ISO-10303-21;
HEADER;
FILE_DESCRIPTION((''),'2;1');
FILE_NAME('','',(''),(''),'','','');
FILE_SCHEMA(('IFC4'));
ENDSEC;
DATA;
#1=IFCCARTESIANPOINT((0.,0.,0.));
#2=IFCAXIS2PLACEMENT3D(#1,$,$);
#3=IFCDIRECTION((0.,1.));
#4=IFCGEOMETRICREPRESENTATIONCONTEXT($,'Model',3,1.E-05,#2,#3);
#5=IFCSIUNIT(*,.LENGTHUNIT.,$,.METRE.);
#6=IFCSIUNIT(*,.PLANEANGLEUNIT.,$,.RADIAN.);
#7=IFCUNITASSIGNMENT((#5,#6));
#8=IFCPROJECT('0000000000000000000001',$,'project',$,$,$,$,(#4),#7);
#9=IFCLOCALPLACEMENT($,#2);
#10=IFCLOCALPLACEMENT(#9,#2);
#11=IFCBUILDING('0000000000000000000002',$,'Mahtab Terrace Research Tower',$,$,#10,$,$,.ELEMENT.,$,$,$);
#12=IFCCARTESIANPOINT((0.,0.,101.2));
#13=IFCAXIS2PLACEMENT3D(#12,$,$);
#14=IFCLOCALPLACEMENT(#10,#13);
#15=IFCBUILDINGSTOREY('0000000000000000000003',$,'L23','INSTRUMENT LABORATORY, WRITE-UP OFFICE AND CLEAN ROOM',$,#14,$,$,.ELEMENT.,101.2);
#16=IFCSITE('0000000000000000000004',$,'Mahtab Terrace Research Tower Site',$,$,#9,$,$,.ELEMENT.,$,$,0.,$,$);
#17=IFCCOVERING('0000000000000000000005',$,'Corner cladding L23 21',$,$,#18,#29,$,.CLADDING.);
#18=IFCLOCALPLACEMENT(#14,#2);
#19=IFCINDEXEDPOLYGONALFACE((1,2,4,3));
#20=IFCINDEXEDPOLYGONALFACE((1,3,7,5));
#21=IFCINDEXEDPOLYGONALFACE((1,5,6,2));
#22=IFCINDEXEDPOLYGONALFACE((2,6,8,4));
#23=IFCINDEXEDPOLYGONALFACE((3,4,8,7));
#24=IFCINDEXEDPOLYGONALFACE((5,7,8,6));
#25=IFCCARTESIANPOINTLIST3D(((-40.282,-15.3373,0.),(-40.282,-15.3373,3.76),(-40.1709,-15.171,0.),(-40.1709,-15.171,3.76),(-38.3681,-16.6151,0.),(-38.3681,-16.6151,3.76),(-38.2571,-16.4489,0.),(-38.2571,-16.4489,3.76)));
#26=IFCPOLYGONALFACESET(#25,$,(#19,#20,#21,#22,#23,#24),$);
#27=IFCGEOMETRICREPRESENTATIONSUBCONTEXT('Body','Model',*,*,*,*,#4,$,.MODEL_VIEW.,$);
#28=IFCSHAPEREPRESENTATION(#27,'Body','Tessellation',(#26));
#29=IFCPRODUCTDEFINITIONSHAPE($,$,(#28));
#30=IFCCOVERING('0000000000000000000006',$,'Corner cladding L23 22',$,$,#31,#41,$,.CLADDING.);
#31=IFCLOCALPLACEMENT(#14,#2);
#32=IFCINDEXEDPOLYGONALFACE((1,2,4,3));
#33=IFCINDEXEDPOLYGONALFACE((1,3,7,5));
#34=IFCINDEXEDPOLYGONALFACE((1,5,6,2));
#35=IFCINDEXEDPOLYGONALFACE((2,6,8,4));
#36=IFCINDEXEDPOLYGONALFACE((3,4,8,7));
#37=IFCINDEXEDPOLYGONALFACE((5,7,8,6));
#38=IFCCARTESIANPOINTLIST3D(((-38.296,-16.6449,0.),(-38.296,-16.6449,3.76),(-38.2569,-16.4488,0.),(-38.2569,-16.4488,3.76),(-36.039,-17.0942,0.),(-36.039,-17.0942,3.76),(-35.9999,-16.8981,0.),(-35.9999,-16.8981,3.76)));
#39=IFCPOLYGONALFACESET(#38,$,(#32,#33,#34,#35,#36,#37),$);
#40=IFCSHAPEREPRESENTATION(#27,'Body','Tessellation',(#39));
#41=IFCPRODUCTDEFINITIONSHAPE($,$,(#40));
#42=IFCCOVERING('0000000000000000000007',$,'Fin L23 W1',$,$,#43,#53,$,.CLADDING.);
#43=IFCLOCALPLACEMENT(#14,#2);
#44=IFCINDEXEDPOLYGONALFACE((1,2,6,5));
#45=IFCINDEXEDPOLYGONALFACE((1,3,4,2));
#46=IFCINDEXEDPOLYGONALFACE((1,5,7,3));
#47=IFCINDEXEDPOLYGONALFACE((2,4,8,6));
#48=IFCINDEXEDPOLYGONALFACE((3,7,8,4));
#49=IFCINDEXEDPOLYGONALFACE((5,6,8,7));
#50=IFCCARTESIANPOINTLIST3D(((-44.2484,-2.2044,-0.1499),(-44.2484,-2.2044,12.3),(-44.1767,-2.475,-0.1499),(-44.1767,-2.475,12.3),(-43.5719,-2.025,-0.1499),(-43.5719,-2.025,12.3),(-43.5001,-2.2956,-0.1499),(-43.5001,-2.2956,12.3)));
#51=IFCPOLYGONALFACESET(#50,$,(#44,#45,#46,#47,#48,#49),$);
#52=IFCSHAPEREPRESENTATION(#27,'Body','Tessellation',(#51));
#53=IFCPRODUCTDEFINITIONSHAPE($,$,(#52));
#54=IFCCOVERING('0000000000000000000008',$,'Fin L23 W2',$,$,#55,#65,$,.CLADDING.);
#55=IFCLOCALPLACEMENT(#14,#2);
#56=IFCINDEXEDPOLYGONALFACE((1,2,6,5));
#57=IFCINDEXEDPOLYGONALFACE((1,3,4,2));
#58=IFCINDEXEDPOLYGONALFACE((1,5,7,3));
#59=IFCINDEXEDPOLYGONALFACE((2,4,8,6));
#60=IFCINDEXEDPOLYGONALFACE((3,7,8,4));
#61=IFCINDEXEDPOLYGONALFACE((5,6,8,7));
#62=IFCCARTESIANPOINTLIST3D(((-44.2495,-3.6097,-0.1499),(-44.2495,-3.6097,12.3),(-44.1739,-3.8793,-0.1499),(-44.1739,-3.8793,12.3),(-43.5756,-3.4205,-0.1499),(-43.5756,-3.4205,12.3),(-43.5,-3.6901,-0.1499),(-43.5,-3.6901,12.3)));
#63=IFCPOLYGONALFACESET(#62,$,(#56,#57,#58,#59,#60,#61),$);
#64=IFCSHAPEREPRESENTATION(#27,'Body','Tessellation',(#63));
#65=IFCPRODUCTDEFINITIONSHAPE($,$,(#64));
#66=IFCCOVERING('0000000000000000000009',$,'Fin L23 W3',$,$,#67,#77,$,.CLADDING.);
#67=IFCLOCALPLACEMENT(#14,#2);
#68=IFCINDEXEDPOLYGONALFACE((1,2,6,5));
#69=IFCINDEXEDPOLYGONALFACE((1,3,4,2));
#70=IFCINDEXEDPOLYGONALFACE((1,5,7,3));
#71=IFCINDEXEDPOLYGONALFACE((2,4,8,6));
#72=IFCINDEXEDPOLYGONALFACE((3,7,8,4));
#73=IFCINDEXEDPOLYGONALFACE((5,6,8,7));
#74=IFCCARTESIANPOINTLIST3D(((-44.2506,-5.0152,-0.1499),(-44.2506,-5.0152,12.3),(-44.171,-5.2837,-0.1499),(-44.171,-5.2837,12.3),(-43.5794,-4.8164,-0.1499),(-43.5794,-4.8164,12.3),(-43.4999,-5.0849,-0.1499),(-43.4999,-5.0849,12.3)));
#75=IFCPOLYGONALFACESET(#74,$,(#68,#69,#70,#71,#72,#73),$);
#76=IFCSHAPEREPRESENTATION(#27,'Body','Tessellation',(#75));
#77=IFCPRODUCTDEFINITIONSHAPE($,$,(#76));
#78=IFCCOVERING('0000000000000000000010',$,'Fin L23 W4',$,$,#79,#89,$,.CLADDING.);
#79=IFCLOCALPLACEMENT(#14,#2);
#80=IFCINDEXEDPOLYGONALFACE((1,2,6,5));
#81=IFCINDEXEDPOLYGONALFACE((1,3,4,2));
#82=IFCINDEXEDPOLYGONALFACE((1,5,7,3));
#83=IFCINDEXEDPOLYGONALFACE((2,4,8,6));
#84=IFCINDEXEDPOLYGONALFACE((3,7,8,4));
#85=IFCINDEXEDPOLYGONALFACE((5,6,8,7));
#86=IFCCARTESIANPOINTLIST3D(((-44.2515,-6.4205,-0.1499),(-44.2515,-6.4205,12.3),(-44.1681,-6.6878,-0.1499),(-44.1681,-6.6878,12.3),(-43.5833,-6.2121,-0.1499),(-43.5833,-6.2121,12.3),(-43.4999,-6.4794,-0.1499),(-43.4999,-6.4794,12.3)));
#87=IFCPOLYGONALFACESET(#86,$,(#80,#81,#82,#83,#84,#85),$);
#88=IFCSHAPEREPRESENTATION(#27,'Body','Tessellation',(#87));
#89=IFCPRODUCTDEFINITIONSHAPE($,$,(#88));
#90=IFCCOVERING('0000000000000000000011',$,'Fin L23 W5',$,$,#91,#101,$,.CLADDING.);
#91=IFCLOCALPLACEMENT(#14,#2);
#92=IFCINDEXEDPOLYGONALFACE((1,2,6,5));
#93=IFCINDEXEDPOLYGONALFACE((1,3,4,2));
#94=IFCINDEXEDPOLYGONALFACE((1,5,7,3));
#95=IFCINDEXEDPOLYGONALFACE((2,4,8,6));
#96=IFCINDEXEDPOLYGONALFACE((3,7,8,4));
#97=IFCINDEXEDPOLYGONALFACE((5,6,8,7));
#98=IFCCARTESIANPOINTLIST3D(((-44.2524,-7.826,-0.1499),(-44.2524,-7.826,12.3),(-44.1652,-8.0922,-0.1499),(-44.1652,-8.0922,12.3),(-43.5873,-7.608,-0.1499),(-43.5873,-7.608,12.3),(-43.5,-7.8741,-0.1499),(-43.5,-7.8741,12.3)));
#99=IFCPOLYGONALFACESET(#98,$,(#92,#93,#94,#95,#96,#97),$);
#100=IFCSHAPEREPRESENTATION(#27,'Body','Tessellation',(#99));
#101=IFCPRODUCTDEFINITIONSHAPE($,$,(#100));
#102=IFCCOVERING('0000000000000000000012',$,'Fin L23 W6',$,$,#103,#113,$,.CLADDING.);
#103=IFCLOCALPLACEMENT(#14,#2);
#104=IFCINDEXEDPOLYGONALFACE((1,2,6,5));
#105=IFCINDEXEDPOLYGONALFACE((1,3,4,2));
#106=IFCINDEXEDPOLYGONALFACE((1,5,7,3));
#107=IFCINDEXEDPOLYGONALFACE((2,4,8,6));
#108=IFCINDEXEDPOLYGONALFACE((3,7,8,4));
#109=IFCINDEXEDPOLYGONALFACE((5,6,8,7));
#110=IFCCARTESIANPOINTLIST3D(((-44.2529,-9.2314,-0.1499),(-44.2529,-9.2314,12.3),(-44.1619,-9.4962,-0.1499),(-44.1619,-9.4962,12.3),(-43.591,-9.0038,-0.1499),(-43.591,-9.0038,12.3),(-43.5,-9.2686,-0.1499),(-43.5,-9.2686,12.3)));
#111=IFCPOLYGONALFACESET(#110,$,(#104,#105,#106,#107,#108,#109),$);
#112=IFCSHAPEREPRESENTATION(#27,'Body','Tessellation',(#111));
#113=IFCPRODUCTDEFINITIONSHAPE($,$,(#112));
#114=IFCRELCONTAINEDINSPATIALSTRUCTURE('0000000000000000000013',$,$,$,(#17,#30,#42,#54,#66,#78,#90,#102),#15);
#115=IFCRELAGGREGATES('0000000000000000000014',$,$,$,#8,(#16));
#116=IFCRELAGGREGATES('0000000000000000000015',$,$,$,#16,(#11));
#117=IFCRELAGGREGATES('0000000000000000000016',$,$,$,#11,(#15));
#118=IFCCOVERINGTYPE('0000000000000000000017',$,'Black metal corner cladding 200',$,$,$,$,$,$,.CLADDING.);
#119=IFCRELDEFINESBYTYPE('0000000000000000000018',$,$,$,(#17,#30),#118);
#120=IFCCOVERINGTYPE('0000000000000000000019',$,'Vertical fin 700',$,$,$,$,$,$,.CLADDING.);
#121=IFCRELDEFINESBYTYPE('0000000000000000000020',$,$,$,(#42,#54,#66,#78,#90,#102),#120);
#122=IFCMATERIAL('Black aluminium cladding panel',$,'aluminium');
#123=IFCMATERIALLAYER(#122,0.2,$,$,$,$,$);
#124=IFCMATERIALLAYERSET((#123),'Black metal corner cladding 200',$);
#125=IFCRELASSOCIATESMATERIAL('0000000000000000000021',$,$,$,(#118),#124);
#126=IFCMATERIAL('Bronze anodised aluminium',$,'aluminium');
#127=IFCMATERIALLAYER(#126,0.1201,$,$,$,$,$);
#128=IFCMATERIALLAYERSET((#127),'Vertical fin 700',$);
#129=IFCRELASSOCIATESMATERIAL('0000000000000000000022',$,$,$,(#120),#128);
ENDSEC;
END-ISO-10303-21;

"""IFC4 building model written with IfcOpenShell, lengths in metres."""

from ifc_helpers import new_model, si_unit, direction, frame, origin, origin_2d, place, context, subcontext, project, spatial, rectangle, extrude, material, layer, layer_set, type_object, element, save


model = new_model("IFC4")

# Units and contexts
model_context = context("Model", 3, precision=1e-05, world=origin(), true_north=direction((0.0, 1.0)))
body_context = subcontext(model_context, "Body", "Model", "MODEL_VIEW")
ifc_project = project(units=[si_unit("LENGTHUNIT", "METRE"), si_unit("PLANEANGLEUNIT", "RADIAN")], contexts=[model_context])

# Site, building, storey
site_placement = place(None, origin())
site = spatial("IfcSite", under=ifc_project, at=site_placement, Name="Mahtab Terrace Research Tower Site", CompositionType="ELEMENT", RefElevation=0.0)
building_placement = place(site_placement, origin())
building = spatial("IfcBuilding", under=site, at=building_placement, Name="Mahtab Terrace Research Tower", CompositionType="ELEMENT")
storey_placement = place(building_placement, frame((0.0, 0.0, 101.2)))
storey = spatial("IfcBuildingStorey", under=building, at=storey_placement, Name="L23", Description="INSTRUMENT LABORATORY, WRITE-UP OFFICE AND CLEAN ROOM", CompositionType="ELEMENT", Elevation=101.2)

# Shared definitions
ifc_material_1 = material(Name="Black aluminium cladding panel", Category="aluminium")

# Coverings
ifc_layer_1 = layer(ifc_material_1, 0.2)
ifc_layer_set_1 = layer_set([ifc_layer_1], Name="Black metal corner cladding 200")
covering_type_1 = type_object("IfcCoveringType", Name="Black metal corner cladding 200", PredefinedType="CLADDING", material=ifc_layer_set_1)
for number, where, z_axis, x_axis, name in (
    (1, (-39.2695, -15.8931, 0.0), (0.0, 0.0, 1.0), (0.831656, -0.555291, 0.0), "Corner cladding L23 21"),
    (2, (-37.1479, -16.7715, 0.0), (0.0, 0.0, 1.0), (0.980761, -0.195212, 0.0), "Corner cladding L23 22"),
):
    element("IfcCovering", number, at=place(storey_placement, frame(where, z_axis=z_axis, x_axis=x_axis)), inside=storey, type_object=covering_type_1, Name=name, PredefinedType="CLADDING", context=body_context, shape_type="SweptSolid", body=[
        extrude(rectangle(XDim=2.3013, YDim=0.2, at=origin_2d()), origin(), (0.0, 0.0, 1.0), 3.76),
    ])
ifc_material_2 = material(Name="Bronze anodised aluminium", Category="aluminium")
ifc_layer_2 = layer(ifc_material_2, 0.1201)
ifc_layer_set_2 = layer_set([ifc_layer_2], Name="Vertical fin 700")
covering_type_2 = type_object("IfcCoveringType", Name="Vertical fin 700", PredefinedType="CLADDING", material=ifc_layer_set_2)
for number, where, z_axis, x_axis, name in (
    (3, (-43.8743, -2.25, -0.1499), (0.0, 0.0, 1.0), (0.256339, -0.966587, 0.0), "Fin L23 W1"),
    (4, (-43.8748, -3.6499, -0.1499), (0.0, 0.0, 1.0), (0.270205, -0.962803, 0.0), "Fin L23 W2"),
    (5, (-43.8752, -5.05, -0.1499), (0.0, 0.0, 1.0), (0.284015, -0.95882, 0.0), "Fin L23 W3"),
    (6, (-43.8757, -6.45, -0.1499), (0.0, 0.0, 1.0), (0.297767, -0.954639, 0.0), "Fin L23 W4"),
    (7, (-43.8762, -7.8501, -0.1499), (0.0, 0.0, 1.0), (0.311457, -0.95026, 0.0), "Fin L23 W5"),
    (8, (-43.8765, -9.25, -0.1499), (0.0, 0.0, 1.0), (0.325083, -0.945686, 0.0), "Fin L23 W6"),
):
    element("IfcCovering", number, at=place(storey_placement, frame(where, z_axis=z_axis, x_axis=x_axis)), inside=storey, type_object=covering_type_2, Name=name, PredefinedType="CLADDING", context=body_context, shape_type="SweptSolid", body=[
        extrude(rectangle(XDim=0.28, YDim=0.7, at=origin_2d()), origin(), (0.0, 0.0, 1.0), 12.45),
    ])

save(model, "model.ifc")
